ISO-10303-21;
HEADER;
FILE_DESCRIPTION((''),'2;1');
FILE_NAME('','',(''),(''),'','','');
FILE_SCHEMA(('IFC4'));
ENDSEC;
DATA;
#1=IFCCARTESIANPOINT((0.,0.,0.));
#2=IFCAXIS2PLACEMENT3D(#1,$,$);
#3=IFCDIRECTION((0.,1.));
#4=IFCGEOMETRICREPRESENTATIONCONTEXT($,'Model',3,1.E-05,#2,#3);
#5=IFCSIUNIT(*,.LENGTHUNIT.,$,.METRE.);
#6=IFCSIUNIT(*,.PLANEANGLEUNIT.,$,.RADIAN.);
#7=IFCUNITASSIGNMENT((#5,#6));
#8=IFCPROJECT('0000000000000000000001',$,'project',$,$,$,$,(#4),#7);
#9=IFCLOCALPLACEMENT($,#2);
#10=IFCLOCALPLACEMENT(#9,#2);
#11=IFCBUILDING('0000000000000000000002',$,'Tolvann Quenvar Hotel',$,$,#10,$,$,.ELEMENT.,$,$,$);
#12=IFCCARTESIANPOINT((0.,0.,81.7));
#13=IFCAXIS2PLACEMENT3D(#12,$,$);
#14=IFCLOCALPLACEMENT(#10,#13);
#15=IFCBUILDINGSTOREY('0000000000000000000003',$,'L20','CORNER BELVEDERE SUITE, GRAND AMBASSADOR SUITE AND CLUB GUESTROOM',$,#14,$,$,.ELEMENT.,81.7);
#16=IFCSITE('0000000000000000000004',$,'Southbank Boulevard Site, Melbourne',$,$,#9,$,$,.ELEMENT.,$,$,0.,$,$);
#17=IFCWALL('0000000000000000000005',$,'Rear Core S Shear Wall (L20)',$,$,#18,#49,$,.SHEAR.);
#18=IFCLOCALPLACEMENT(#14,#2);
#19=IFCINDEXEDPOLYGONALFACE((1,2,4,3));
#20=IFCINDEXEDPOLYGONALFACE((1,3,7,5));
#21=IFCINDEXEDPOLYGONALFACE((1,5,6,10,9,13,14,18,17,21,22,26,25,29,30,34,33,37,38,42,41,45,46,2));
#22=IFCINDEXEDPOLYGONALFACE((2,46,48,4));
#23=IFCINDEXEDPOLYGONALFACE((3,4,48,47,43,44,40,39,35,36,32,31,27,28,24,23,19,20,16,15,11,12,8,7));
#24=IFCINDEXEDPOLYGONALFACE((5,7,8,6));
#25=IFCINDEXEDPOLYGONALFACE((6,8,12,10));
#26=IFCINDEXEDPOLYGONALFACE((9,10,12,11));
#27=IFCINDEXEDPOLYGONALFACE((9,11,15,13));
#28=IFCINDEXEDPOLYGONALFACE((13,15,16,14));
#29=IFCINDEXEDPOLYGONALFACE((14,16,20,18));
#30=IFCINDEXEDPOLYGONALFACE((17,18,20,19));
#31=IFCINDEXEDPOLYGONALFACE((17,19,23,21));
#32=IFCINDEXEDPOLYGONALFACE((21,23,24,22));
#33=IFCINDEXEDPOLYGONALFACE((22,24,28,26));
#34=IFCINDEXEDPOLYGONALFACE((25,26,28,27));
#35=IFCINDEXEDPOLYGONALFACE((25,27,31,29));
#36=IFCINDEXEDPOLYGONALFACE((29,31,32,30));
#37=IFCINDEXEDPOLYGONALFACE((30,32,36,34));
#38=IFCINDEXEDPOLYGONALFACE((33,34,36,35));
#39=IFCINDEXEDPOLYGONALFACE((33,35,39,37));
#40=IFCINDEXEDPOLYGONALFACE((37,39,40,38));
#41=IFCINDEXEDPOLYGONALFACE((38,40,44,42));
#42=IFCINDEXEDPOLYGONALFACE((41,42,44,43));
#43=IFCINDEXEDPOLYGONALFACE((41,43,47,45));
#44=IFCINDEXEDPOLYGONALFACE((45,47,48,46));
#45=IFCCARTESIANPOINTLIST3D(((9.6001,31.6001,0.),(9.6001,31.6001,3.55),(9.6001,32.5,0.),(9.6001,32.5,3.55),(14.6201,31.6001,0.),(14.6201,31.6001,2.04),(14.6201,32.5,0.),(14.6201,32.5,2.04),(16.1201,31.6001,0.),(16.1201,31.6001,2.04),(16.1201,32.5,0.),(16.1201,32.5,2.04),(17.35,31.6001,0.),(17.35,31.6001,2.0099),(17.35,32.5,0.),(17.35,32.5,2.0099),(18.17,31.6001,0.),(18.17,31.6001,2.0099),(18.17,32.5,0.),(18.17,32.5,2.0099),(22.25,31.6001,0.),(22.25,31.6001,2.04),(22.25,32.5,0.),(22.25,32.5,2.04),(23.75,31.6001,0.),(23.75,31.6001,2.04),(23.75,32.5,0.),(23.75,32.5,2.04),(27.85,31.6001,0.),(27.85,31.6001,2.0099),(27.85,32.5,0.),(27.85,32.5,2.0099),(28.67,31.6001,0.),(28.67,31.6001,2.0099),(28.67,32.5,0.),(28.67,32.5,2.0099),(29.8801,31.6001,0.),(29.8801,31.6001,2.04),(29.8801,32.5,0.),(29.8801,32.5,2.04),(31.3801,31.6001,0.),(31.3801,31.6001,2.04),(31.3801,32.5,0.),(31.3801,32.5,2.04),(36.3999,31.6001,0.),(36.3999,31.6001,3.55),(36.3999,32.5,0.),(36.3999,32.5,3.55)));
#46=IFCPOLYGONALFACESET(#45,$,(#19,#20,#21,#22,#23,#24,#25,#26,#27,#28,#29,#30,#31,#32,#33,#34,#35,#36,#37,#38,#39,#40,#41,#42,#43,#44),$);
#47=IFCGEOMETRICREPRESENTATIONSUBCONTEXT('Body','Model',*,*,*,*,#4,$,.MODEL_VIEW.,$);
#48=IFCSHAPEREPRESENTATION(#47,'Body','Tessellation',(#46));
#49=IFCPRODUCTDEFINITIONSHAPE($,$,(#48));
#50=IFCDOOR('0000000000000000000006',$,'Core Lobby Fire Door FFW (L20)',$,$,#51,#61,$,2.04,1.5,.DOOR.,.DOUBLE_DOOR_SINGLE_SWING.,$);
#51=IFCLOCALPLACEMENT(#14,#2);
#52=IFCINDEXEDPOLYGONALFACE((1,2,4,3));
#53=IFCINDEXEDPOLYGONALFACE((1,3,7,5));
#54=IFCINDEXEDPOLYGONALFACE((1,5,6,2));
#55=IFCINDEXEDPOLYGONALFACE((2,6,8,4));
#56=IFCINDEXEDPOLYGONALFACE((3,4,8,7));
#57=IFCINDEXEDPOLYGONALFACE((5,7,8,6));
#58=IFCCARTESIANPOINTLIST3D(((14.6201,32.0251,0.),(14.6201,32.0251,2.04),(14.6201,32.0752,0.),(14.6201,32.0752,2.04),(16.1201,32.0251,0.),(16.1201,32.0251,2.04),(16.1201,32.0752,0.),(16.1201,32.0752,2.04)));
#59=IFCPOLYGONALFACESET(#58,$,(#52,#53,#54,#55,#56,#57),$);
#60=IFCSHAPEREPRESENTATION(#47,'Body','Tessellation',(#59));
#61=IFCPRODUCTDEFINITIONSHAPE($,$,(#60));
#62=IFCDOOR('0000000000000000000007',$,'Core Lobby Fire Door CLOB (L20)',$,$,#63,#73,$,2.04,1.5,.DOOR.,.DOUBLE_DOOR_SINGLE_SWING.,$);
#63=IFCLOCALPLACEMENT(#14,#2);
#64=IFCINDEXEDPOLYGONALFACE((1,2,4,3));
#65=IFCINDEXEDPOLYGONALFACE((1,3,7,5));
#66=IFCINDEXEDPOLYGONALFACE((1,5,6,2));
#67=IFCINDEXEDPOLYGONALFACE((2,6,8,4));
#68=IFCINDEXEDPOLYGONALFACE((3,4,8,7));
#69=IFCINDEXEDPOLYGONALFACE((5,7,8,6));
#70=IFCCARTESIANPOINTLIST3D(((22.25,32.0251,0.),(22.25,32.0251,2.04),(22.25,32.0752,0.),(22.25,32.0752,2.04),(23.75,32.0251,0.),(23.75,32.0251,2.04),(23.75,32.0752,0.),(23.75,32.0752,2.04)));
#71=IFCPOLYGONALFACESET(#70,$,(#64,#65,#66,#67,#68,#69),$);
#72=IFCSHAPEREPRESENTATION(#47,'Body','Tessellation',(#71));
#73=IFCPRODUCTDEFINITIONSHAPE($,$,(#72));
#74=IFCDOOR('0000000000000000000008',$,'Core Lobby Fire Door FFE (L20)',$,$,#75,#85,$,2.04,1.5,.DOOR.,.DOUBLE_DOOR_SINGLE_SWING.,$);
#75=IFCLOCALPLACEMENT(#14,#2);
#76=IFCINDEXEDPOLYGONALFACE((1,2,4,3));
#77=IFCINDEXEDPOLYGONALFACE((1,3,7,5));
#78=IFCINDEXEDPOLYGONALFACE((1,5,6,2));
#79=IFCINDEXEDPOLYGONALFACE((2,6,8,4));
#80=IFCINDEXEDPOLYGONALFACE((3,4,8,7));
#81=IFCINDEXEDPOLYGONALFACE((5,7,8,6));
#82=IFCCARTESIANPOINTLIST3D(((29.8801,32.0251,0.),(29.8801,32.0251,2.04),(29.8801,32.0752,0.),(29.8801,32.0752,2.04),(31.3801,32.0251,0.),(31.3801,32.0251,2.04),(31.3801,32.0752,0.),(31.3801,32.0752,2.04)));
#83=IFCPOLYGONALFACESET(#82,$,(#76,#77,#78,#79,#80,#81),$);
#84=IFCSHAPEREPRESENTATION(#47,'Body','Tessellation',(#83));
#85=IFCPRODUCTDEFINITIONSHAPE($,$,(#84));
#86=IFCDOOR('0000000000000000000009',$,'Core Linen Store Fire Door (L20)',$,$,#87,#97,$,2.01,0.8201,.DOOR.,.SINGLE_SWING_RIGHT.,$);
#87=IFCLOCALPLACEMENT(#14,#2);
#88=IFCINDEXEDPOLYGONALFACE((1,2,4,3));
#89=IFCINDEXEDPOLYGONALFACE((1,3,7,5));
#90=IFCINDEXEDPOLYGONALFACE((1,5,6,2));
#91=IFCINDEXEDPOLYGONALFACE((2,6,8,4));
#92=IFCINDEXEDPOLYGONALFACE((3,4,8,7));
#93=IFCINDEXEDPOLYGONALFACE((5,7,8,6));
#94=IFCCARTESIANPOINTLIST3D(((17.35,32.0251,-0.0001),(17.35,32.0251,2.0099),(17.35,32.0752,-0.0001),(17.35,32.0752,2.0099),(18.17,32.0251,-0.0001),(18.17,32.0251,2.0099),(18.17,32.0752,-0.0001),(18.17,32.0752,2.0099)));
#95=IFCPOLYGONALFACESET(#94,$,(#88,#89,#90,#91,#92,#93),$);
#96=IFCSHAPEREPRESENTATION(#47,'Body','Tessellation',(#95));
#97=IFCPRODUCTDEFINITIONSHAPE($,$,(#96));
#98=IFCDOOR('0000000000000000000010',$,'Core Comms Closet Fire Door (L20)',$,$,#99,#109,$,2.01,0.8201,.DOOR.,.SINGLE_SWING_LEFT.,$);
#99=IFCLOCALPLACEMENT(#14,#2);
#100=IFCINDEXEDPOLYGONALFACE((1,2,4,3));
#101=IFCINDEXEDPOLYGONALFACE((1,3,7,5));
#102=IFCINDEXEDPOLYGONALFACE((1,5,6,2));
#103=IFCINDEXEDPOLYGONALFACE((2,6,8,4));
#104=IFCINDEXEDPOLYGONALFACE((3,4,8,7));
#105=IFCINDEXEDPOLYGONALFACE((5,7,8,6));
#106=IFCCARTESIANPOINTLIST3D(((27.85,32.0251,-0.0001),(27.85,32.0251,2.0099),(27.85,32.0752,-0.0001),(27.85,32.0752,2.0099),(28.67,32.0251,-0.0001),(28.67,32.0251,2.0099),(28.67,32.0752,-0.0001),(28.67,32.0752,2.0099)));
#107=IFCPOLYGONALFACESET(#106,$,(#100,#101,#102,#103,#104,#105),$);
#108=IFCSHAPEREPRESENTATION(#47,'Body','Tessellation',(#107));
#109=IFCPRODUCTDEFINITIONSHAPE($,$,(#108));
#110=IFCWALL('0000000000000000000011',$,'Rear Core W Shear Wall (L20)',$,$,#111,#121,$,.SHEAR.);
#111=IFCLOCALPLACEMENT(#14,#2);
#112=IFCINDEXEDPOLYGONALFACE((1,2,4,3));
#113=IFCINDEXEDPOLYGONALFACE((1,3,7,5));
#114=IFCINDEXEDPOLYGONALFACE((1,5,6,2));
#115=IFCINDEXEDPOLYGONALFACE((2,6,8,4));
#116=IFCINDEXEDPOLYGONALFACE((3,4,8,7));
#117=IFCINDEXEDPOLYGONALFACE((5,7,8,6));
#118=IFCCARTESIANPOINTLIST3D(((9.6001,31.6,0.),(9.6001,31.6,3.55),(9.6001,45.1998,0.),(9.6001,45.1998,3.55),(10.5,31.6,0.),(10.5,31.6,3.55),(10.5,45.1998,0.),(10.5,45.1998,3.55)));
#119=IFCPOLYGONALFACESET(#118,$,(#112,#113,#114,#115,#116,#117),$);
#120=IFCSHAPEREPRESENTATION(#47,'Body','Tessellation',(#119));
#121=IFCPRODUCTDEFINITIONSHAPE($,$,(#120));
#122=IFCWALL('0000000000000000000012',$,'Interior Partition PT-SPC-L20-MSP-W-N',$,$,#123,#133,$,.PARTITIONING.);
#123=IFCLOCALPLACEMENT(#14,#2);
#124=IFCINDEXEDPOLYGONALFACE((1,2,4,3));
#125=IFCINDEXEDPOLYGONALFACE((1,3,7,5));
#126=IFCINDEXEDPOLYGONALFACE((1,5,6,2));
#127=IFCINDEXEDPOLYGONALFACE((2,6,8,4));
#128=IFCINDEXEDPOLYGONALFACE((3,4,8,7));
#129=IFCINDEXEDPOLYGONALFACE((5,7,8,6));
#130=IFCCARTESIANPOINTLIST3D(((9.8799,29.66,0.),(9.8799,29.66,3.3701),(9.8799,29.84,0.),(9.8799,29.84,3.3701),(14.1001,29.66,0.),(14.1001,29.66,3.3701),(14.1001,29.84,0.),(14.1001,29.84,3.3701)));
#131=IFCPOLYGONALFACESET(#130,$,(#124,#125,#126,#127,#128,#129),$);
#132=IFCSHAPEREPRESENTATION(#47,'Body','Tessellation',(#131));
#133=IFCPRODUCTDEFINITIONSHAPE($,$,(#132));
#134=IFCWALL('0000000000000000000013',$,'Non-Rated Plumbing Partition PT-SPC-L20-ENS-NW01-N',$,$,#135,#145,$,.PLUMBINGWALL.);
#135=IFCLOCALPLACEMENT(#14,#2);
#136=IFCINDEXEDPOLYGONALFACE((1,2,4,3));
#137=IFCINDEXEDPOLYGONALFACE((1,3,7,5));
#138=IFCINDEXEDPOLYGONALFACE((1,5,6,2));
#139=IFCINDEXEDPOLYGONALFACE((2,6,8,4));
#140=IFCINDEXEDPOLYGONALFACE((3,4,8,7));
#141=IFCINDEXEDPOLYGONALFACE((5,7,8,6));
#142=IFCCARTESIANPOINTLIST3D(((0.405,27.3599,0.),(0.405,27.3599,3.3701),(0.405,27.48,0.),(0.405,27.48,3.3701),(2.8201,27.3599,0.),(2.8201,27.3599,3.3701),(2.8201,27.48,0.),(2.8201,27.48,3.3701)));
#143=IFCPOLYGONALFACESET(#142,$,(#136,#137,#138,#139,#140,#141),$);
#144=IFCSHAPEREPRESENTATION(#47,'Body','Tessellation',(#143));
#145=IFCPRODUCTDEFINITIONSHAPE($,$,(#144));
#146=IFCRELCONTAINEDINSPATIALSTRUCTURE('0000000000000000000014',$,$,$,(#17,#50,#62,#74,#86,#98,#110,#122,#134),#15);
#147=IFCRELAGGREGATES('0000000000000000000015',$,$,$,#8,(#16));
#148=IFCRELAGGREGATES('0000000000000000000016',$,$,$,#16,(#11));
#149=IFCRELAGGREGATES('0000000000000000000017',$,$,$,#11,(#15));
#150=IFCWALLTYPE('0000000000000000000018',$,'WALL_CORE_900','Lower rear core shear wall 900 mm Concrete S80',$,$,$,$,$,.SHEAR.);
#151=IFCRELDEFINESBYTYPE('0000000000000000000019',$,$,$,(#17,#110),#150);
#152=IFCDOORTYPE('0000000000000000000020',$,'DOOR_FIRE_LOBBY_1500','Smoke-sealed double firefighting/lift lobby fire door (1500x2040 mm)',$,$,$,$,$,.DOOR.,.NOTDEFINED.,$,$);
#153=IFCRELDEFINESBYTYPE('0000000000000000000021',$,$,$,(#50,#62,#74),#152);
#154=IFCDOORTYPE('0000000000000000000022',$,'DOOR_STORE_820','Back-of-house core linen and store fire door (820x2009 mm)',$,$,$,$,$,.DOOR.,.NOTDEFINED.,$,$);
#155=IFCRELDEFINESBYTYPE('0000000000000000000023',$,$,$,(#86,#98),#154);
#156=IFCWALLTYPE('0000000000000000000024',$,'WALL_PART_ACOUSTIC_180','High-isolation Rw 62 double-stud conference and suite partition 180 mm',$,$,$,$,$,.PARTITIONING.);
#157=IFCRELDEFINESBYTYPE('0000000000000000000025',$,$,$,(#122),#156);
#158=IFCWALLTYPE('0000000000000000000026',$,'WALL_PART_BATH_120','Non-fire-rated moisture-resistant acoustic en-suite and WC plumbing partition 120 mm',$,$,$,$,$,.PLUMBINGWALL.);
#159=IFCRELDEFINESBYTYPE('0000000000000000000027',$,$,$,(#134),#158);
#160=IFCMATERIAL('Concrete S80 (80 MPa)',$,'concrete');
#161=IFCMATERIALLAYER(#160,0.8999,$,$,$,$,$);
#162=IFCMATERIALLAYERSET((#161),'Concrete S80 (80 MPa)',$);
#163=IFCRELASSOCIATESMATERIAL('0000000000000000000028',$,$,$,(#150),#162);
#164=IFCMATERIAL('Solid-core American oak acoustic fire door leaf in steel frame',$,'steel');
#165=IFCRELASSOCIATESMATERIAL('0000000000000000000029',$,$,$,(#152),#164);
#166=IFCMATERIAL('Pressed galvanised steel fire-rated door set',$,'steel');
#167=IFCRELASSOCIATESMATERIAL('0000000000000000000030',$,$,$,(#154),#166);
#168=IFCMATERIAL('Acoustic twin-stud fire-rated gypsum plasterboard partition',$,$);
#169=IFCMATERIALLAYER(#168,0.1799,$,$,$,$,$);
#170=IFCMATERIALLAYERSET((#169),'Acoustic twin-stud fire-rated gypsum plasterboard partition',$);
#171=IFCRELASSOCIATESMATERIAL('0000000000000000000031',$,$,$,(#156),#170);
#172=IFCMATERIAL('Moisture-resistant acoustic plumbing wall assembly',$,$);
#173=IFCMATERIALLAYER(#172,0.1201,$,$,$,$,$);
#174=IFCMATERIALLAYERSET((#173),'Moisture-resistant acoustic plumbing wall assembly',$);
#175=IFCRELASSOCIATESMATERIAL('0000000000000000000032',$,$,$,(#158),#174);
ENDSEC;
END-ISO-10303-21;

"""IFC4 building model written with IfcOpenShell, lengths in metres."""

from ifc_helpers import new_model, si_unit, direction, frame, frame_2d, origin, place, context, subcontext, project, spatial, rectangle, extrude, source, transform, mapped, material, layer, layer_set, type_object, type_shapes, element, fill, save


model = new_model("IFC4")

# Units and contexts
model_context = context("Model", 3, precision=1e-05, world=origin(), true_north=direction((0.0, 1.0)))
body_context = subcontext(model_context, "Body", "Model", "MODEL_VIEW")
ifc_project = project(units=[si_unit("LENGTHUNIT", "METRE"), si_unit("PLANEANGLEUNIT", "RADIAN")], contexts=[model_context])

# Site, building, storey
site_placement = place(None, origin())
site = spatial("IfcSite", under=ifc_project, at=site_placement, Name="Southbank Boulevard Site, Melbourne", CompositionType="ELEMENT", RefElevation=0.0)
building_placement = place(site_placement, origin())
building = spatial("IfcBuilding", under=site, at=building_placement, Name="Tolvann Quenvar Hotel", CompositionType="ELEMENT")
storey_placement = place(building_placement, frame((0.0, 0.0, 81.7)))
storey = spatial("IfcBuildingStorey", under=building, at=storey_placement, Name="L20", Description="CORNER BELVEDERE SUITE, GRAND AMBASSADOR SUITE AND CLUB GUESTROOM", CompositionType="ELEMENT", Elevation=81.7)

# Wall, openings, doors
ifc_material_1 = material(Name="Concrete S80 (80 MPa)", Category="concrete")
ifc_layer_1 = layer(ifc_material_1, 0.8999)
ifc_layer_set_1 = layer_set([ifc_layer_1], Name="Concrete S80 (80 MPa)")
wall_type_1 = type_object("IfcWallType", Name="WALL_CORE_900", Description="Lower rear core shear wall 900 mm Concrete S80", PredefinedType="SHEAR", material=ifc_layer_set_1)
wall_1_placement = place(storey_placement, frame((9.6001, 32.05, 0.0), z_axis=(0.0, 0.0, 1.0), x_axis=(1.0, 0.0, 0.0)))
wall_1 = element("IfcWall", 1, at=wall_1_placement, inside=storey, type_object=wall_type_1, Name="Rear Core S Shear Wall (L20)", PredefinedType="SHEAR", context=body_context, shape_type="SweptSolid", body=[
    extrude(rectangle(XDim=26.7998, YDim=0.8999, at=frame_2d((13.3999, 0.0))), origin(), (0.0, 0.0, 1.0), 3.55),
])
opening_1_placement = place(wall_1_placement, frame((6.52, 0.0, 0.0), z_axis=(0.0, 0.0, 1.0), x_axis=(-1.0, 0.0, 0.0)))
opening_1 = element("IfcOpeningElement", 2, at=opening_1_placement, cuts=wall_1, PredefinedType="OPENING", context=body_context, shape_type="SweptSolid", body=[
    extrude(rectangle(XDim=1.5, YDim=2.04, at=frame_2d((0.75, 1.02))), frame((0.0, 0.46, 0.0), z_axis=(0.0, -1.0, 0.0), x_axis=(1.0, 0.0, 0.0)), (0.0, 0.0, 1.0), 0.9199),
])
opening_2_placement = place(wall_1_placement, frame((14.1499, 0.0, 0.0), z_axis=(0.0, 0.0, 1.0), x_axis=(-1.0, 0.0, 0.0)))
opening_2 = element("IfcOpeningElement", 3, at=opening_2_placement, cuts=wall_1, PredefinedType="OPENING", context=body_context, shape_type="SweptSolid", body=[
    extrude(rectangle(XDim=1.5, YDim=2.04, at=frame_2d((0.75, 1.02))), frame((0.0, 0.46, 0.0), z_axis=(0.0, -1.0, 0.0), x_axis=(1.0, 0.0, 0.0)), (0.0, 0.0, 1.0), 0.9199),
])
opening_3_placement = place(wall_1_placement, frame((21.78, 0.0, 0.0), z_axis=(0.0, 0.0, 1.0), x_axis=(-1.0, 0.0, 0.0)))
opening_3 = element("IfcOpeningElement", 4, at=opening_3_placement, cuts=wall_1, PredefinedType="OPENING", context=body_context, shape_type="SweptSolid", body=[
    extrude(rectangle(XDim=1.5, YDim=2.04, at=frame_2d((0.75, 1.02))), frame((0.0, 0.46, 0.0), z_axis=(0.0, -1.0, 0.0), x_axis=(1.0, 0.0, 0.0)), (0.0, 0.0, 1.0), 0.9199),
])
opening_4_placement = place(wall_1_placement, frame((8.5701, 0.0, 0.0), z_axis=(0.0, 0.0, 1.0), x_axis=(-1.0, 0.0, 0.0)))
opening_4 = element("IfcOpeningElement", 5, at=opening_4_placement, cuts=wall_1, PredefinedType="OPENING", context=body_context, shape_type="SweptSolid", body=[
    extrude(rectangle(XDim=0.8201, YDim=2.01, at=frame_2d((0.4102, 1.0049))), frame((0.0, 0.46, 0.0), z_axis=(0.0, -1.0, 0.0), x_axis=(1.0, 0.0, 0.0)), (0.0, 0.0, 1.0), 0.9199),
])
opening_5_placement = place(wall_1_placement, frame((19.0701, 0.0, 0.0), z_axis=(0.0, 0.0, 1.0), x_axis=(-1.0, 0.0, 0.0)))
opening_5 = element("IfcOpeningElement", 6, at=opening_5_placement, cuts=wall_1, PredefinedType="OPENING", context=body_context, shape_type="SweptSolid", body=[
    extrude(rectangle(XDim=0.8201, YDim=2.01, at=frame_2d((0.4102, 1.0049))), frame((0.0, 0.46, 0.0), z_axis=(0.0, -1.0, 0.0), x_axis=(1.0, 0.0, 0.0)), (0.0, 0.0, 1.0), 0.9199),
])
ifc_material_2 = material(Name="Solid-core American oak acoustic fire door leaf in steel frame", Category="steel")
door_type_1 = type_object("IfcDoorType", Name="DOOR_FIRE_LOBBY_1500", Description="Smoke-sealed double firefighting/lift lobby fire door (1500x2040 mm)", OperationType="NOTDEFINED", PredefinedType="DOOR", material=ifc_material_2)
shared_shape_1 = source(origin(), body_context, "Body", "SweptSolid", [
    extrude(rectangle(XDim=1.5, YDim=2.04, at=frame_2d((0.75, 1.02))), frame((0.0, 0.0249, 0.0), z_axis=(0.0, -1.0, 0.0), x_axis=(1.0, 0.0, 0.0)), (0.0, 0.0, 1.0), 0.05),
])
type_shapes(door_type_1, [shared_shape_1])
door_1_placement = place(opening_1_placement, origin())
door_1 = element("IfcDoor", 7, at=door_1_placement, inside=storey, type_object=door_type_1, Name="Core Lobby Fire Door FFW (L20)", OperationType="DOUBLE_DOOR_SINGLE_SWING", OverallHeight=2.04, OverallWidth=1.5, PredefinedType="DOOR", context=body_context, shape_type="MappedRepresentation", body=[
    mapped(shared_shape_1, transform((0.0, 0.0, 0.0), x_axis=(1.0, 0.0, 0.0), y_axis=(0.0, 1.0, 0.0), z_axis=(0.0, 0.0, 1.0), scale=1.0)),
])
fill(opening_1, door_1)
door_2_placement = place(opening_2_placement, origin())
door_2 = element("IfcDoor", 8, at=door_2_placement, inside=storey, type_object=door_type_1, Name="Core Lobby Fire Door CLOB (L20)", OperationType="DOUBLE_DOOR_SINGLE_SWING", OverallHeight=2.04, OverallWidth=1.5, PredefinedType="DOOR", context=body_context, shape_type="MappedRepresentation", body=[
    mapped(shared_shape_1, transform((0.0, 0.0, 0.0), x_axis=(1.0, 0.0, 0.0), y_axis=(0.0, 1.0, 0.0), z_axis=(0.0, 0.0, 1.0), scale=1.0)),
])
fill(opening_2, door_2)
door_3_placement = place(opening_3_placement, origin())
door_3 = element("IfcDoor", 9, at=door_3_placement, inside=storey, type_object=door_type_1, Name="Core Lobby Fire Door FFE (L20)", OperationType="DOUBLE_DOOR_SINGLE_SWING", OverallHeight=2.04, OverallWidth=1.5, PredefinedType="DOOR", context=body_context, shape_type="MappedRepresentation", body=[
    mapped(shared_shape_1, transform((0.0, 0.0, 0.0), x_axis=(1.0, 0.0, 0.0), y_axis=(0.0, 1.0, 0.0), z_axis=(0.0, 0.0, 1.0), scale=1.0)),
])
fill(opening_3, door_3)
ifc_material_3 = material(Name="Pressed galvanised steel fire-rated door set", Category="steel")
door_type_2 = type_object("IfcDoorType", Name="DOOR_STORE_820", Description="Back-of-house core linen and store fire door (820x2009 mm)", OperationType="NOTDEFINED", PredefinedType="DOOR", material=ifc_material_3)
shared_shape_2 = source(origin(), body_context, "Body", "SweptSolid", [
    extrude(rectangle(XDim=0.8201, YDim=2.01, at=frame_2d((0.4102, 1.0049))), frame((0.0, 0.0249, 0.0), z_axis=(0.0, -1.0, 0.0), x_axis=(1.0, 0.0, 0.0)), (0.0, 0.0, 1.0), 0.05),
])
type_shapes(door_type_2, [shared_shape_2])
door_4_placement = place(opening_4_placement, origin())
door_4 = element("IfcDoor", 10, at=door_4_placement, inside=storey, type_object=door_type_2, Name="Core Linen Store Fire Door (L20)", OperationType="SINGLE_SWING_RIGHT", OverallHeight=2.01, OverallWidth=0.8201, PredefinedType="DOOR", context=body_context, shape_type="MappedRepresentation", body=[
    mapped(shared_shape_2, transform((0.0, 0.0, 0.0), x_axis=(1.0, 0.0, 0.0), y_axis=(0.0, 1.0, 0.0), z_axis=(0.0, 0.0, 1.0), scale=1.0)),
])
fill(opening_4, door_4)
door_5_placement = place(opening_5_placement, origin())
door_5 = element("IfcDoor", 11, at=door_5_placement, inside=storey, type_object=door_type_2, Name="Core Comms Closet Fire Door (L20)", OperationType="SINGLE_SWING_LEFT", OverallHeight=2.01, OverallWidth=0.8201, PredefinedType="DOOR", context=body_context, shape_type="MappedRepresentation", body=[
    mapped(shared_shape_2, transform((0.0, 0.0, 0.0), x_axis=(1.0, 0.0, 0.0), y_axis=(0.0, 1.0, 0.0), z_axis=(0.0, 0.0, 1.0), scale=1.0)),
])
fill(opening_5, door_5)

# Walls
wall_2_placement = place(storey_placement, frame((10.05, 31.6001, 0.0), z_axis=(0.0, 0.0, 1.0), x_axis=(0.0, 1.0, 0.0)))
element("IfcWall", 12, at=wall_2_placement, inside=storey, type_object=wall_type_1, Name="Rear Core W Shear Wall (L20)", PredefinedType="SHEAR", context=body_context, shape_type="SweptSolid", body=[
    extrude(rectangle(XDim=13.5999, YDim=0.8999, at=frame_2d((6.7998, 0.0))), origin(), (0.0, 0.0, 1.0), 3.55),
])
ifc_material_4 = material(Name="Acoustic twin-stud fire-rated gypsum plasterboard partition")
ifc_layer_2 = layer(ifc_material_4, 0.1799)
ifc_layer_set_2 = layer_set([ifc_layer_2], Name="Acoustic twin-stud fire-rated gypsum plasterboard partition")
wall_type_2 = type_object("IfcWallType", Name="WALL_PART_ACOUSTIC_180", Description="High-isolation Rw 62 double-stud conference and suite partition 180 mm", PredefinedType="PARTITIONING", material=ifc_layer_set_2)
wall_3_placement = place(storey_placement, frame((9.8799, 29.75, 0.0), z_axis=(0.0, 0.0, 1.0), x_axis=(1.0, 0.0, 0.0)))
element("IfcWall", 13, at=wall_3_placement, inside=storey, type_object=wall_type_2, Name="Interior Partition PT-SPC-L20-MSP-W-N", PredefinedType="PARTITIONING", context=body_context, shape_type="SweptSolid", body=[
    extrude(rectangle(XDim=4.2202, YDim=0.1799, at=frame_2d((2.1101, 0.0))), origin(), (0.0, 0.0, 1.0), 3.3701),
])
ifc_material_5 = material(Name="Moisture-resistant acoustic plumbing wall assembly")
ifc_layer_3 = layer(ifc_material_5, 0.1201)
ifc_layer_set_3 = layer_set([ifc_layer_3], Name="Moisture-resistant acoustic plumbing wall assembly")
wall_type_3 = type_object("IfcWallType", Name="WALL_PART_BATH_120", Description="Non-fire-rated moisture-resistant acoustic en-suite and WC plumbing partition 120 mm", PredefinedType="PLUMBINGWALL", material=ifc_layer_set_3)
wall_4_placement = place(storey_placement, frame((0.405, 27.4199, 0.0), z_axis=(0.0, 0.0, 1.0), x_axis=(1.0, 0.0, 0.0)))
element("IfcWall", 14, at=wall_4_placement, inside=storey, type_object=wall_type_3, Name="Non-Rated Plumbing Partition PT-SPC-L20-ENS-NW01-N", PredefinedType="PLUMBINGWALL", context=body_context, shape_type="SweptSolid", body=[
    extrude(rectangle(XDim=2.415, YDim=0.1201, at=frame_2d((1.2075, 0.0))), origin(), (0.0, 0.0, 1.0), 3.3701),
])

save(model, "model.ifc")
